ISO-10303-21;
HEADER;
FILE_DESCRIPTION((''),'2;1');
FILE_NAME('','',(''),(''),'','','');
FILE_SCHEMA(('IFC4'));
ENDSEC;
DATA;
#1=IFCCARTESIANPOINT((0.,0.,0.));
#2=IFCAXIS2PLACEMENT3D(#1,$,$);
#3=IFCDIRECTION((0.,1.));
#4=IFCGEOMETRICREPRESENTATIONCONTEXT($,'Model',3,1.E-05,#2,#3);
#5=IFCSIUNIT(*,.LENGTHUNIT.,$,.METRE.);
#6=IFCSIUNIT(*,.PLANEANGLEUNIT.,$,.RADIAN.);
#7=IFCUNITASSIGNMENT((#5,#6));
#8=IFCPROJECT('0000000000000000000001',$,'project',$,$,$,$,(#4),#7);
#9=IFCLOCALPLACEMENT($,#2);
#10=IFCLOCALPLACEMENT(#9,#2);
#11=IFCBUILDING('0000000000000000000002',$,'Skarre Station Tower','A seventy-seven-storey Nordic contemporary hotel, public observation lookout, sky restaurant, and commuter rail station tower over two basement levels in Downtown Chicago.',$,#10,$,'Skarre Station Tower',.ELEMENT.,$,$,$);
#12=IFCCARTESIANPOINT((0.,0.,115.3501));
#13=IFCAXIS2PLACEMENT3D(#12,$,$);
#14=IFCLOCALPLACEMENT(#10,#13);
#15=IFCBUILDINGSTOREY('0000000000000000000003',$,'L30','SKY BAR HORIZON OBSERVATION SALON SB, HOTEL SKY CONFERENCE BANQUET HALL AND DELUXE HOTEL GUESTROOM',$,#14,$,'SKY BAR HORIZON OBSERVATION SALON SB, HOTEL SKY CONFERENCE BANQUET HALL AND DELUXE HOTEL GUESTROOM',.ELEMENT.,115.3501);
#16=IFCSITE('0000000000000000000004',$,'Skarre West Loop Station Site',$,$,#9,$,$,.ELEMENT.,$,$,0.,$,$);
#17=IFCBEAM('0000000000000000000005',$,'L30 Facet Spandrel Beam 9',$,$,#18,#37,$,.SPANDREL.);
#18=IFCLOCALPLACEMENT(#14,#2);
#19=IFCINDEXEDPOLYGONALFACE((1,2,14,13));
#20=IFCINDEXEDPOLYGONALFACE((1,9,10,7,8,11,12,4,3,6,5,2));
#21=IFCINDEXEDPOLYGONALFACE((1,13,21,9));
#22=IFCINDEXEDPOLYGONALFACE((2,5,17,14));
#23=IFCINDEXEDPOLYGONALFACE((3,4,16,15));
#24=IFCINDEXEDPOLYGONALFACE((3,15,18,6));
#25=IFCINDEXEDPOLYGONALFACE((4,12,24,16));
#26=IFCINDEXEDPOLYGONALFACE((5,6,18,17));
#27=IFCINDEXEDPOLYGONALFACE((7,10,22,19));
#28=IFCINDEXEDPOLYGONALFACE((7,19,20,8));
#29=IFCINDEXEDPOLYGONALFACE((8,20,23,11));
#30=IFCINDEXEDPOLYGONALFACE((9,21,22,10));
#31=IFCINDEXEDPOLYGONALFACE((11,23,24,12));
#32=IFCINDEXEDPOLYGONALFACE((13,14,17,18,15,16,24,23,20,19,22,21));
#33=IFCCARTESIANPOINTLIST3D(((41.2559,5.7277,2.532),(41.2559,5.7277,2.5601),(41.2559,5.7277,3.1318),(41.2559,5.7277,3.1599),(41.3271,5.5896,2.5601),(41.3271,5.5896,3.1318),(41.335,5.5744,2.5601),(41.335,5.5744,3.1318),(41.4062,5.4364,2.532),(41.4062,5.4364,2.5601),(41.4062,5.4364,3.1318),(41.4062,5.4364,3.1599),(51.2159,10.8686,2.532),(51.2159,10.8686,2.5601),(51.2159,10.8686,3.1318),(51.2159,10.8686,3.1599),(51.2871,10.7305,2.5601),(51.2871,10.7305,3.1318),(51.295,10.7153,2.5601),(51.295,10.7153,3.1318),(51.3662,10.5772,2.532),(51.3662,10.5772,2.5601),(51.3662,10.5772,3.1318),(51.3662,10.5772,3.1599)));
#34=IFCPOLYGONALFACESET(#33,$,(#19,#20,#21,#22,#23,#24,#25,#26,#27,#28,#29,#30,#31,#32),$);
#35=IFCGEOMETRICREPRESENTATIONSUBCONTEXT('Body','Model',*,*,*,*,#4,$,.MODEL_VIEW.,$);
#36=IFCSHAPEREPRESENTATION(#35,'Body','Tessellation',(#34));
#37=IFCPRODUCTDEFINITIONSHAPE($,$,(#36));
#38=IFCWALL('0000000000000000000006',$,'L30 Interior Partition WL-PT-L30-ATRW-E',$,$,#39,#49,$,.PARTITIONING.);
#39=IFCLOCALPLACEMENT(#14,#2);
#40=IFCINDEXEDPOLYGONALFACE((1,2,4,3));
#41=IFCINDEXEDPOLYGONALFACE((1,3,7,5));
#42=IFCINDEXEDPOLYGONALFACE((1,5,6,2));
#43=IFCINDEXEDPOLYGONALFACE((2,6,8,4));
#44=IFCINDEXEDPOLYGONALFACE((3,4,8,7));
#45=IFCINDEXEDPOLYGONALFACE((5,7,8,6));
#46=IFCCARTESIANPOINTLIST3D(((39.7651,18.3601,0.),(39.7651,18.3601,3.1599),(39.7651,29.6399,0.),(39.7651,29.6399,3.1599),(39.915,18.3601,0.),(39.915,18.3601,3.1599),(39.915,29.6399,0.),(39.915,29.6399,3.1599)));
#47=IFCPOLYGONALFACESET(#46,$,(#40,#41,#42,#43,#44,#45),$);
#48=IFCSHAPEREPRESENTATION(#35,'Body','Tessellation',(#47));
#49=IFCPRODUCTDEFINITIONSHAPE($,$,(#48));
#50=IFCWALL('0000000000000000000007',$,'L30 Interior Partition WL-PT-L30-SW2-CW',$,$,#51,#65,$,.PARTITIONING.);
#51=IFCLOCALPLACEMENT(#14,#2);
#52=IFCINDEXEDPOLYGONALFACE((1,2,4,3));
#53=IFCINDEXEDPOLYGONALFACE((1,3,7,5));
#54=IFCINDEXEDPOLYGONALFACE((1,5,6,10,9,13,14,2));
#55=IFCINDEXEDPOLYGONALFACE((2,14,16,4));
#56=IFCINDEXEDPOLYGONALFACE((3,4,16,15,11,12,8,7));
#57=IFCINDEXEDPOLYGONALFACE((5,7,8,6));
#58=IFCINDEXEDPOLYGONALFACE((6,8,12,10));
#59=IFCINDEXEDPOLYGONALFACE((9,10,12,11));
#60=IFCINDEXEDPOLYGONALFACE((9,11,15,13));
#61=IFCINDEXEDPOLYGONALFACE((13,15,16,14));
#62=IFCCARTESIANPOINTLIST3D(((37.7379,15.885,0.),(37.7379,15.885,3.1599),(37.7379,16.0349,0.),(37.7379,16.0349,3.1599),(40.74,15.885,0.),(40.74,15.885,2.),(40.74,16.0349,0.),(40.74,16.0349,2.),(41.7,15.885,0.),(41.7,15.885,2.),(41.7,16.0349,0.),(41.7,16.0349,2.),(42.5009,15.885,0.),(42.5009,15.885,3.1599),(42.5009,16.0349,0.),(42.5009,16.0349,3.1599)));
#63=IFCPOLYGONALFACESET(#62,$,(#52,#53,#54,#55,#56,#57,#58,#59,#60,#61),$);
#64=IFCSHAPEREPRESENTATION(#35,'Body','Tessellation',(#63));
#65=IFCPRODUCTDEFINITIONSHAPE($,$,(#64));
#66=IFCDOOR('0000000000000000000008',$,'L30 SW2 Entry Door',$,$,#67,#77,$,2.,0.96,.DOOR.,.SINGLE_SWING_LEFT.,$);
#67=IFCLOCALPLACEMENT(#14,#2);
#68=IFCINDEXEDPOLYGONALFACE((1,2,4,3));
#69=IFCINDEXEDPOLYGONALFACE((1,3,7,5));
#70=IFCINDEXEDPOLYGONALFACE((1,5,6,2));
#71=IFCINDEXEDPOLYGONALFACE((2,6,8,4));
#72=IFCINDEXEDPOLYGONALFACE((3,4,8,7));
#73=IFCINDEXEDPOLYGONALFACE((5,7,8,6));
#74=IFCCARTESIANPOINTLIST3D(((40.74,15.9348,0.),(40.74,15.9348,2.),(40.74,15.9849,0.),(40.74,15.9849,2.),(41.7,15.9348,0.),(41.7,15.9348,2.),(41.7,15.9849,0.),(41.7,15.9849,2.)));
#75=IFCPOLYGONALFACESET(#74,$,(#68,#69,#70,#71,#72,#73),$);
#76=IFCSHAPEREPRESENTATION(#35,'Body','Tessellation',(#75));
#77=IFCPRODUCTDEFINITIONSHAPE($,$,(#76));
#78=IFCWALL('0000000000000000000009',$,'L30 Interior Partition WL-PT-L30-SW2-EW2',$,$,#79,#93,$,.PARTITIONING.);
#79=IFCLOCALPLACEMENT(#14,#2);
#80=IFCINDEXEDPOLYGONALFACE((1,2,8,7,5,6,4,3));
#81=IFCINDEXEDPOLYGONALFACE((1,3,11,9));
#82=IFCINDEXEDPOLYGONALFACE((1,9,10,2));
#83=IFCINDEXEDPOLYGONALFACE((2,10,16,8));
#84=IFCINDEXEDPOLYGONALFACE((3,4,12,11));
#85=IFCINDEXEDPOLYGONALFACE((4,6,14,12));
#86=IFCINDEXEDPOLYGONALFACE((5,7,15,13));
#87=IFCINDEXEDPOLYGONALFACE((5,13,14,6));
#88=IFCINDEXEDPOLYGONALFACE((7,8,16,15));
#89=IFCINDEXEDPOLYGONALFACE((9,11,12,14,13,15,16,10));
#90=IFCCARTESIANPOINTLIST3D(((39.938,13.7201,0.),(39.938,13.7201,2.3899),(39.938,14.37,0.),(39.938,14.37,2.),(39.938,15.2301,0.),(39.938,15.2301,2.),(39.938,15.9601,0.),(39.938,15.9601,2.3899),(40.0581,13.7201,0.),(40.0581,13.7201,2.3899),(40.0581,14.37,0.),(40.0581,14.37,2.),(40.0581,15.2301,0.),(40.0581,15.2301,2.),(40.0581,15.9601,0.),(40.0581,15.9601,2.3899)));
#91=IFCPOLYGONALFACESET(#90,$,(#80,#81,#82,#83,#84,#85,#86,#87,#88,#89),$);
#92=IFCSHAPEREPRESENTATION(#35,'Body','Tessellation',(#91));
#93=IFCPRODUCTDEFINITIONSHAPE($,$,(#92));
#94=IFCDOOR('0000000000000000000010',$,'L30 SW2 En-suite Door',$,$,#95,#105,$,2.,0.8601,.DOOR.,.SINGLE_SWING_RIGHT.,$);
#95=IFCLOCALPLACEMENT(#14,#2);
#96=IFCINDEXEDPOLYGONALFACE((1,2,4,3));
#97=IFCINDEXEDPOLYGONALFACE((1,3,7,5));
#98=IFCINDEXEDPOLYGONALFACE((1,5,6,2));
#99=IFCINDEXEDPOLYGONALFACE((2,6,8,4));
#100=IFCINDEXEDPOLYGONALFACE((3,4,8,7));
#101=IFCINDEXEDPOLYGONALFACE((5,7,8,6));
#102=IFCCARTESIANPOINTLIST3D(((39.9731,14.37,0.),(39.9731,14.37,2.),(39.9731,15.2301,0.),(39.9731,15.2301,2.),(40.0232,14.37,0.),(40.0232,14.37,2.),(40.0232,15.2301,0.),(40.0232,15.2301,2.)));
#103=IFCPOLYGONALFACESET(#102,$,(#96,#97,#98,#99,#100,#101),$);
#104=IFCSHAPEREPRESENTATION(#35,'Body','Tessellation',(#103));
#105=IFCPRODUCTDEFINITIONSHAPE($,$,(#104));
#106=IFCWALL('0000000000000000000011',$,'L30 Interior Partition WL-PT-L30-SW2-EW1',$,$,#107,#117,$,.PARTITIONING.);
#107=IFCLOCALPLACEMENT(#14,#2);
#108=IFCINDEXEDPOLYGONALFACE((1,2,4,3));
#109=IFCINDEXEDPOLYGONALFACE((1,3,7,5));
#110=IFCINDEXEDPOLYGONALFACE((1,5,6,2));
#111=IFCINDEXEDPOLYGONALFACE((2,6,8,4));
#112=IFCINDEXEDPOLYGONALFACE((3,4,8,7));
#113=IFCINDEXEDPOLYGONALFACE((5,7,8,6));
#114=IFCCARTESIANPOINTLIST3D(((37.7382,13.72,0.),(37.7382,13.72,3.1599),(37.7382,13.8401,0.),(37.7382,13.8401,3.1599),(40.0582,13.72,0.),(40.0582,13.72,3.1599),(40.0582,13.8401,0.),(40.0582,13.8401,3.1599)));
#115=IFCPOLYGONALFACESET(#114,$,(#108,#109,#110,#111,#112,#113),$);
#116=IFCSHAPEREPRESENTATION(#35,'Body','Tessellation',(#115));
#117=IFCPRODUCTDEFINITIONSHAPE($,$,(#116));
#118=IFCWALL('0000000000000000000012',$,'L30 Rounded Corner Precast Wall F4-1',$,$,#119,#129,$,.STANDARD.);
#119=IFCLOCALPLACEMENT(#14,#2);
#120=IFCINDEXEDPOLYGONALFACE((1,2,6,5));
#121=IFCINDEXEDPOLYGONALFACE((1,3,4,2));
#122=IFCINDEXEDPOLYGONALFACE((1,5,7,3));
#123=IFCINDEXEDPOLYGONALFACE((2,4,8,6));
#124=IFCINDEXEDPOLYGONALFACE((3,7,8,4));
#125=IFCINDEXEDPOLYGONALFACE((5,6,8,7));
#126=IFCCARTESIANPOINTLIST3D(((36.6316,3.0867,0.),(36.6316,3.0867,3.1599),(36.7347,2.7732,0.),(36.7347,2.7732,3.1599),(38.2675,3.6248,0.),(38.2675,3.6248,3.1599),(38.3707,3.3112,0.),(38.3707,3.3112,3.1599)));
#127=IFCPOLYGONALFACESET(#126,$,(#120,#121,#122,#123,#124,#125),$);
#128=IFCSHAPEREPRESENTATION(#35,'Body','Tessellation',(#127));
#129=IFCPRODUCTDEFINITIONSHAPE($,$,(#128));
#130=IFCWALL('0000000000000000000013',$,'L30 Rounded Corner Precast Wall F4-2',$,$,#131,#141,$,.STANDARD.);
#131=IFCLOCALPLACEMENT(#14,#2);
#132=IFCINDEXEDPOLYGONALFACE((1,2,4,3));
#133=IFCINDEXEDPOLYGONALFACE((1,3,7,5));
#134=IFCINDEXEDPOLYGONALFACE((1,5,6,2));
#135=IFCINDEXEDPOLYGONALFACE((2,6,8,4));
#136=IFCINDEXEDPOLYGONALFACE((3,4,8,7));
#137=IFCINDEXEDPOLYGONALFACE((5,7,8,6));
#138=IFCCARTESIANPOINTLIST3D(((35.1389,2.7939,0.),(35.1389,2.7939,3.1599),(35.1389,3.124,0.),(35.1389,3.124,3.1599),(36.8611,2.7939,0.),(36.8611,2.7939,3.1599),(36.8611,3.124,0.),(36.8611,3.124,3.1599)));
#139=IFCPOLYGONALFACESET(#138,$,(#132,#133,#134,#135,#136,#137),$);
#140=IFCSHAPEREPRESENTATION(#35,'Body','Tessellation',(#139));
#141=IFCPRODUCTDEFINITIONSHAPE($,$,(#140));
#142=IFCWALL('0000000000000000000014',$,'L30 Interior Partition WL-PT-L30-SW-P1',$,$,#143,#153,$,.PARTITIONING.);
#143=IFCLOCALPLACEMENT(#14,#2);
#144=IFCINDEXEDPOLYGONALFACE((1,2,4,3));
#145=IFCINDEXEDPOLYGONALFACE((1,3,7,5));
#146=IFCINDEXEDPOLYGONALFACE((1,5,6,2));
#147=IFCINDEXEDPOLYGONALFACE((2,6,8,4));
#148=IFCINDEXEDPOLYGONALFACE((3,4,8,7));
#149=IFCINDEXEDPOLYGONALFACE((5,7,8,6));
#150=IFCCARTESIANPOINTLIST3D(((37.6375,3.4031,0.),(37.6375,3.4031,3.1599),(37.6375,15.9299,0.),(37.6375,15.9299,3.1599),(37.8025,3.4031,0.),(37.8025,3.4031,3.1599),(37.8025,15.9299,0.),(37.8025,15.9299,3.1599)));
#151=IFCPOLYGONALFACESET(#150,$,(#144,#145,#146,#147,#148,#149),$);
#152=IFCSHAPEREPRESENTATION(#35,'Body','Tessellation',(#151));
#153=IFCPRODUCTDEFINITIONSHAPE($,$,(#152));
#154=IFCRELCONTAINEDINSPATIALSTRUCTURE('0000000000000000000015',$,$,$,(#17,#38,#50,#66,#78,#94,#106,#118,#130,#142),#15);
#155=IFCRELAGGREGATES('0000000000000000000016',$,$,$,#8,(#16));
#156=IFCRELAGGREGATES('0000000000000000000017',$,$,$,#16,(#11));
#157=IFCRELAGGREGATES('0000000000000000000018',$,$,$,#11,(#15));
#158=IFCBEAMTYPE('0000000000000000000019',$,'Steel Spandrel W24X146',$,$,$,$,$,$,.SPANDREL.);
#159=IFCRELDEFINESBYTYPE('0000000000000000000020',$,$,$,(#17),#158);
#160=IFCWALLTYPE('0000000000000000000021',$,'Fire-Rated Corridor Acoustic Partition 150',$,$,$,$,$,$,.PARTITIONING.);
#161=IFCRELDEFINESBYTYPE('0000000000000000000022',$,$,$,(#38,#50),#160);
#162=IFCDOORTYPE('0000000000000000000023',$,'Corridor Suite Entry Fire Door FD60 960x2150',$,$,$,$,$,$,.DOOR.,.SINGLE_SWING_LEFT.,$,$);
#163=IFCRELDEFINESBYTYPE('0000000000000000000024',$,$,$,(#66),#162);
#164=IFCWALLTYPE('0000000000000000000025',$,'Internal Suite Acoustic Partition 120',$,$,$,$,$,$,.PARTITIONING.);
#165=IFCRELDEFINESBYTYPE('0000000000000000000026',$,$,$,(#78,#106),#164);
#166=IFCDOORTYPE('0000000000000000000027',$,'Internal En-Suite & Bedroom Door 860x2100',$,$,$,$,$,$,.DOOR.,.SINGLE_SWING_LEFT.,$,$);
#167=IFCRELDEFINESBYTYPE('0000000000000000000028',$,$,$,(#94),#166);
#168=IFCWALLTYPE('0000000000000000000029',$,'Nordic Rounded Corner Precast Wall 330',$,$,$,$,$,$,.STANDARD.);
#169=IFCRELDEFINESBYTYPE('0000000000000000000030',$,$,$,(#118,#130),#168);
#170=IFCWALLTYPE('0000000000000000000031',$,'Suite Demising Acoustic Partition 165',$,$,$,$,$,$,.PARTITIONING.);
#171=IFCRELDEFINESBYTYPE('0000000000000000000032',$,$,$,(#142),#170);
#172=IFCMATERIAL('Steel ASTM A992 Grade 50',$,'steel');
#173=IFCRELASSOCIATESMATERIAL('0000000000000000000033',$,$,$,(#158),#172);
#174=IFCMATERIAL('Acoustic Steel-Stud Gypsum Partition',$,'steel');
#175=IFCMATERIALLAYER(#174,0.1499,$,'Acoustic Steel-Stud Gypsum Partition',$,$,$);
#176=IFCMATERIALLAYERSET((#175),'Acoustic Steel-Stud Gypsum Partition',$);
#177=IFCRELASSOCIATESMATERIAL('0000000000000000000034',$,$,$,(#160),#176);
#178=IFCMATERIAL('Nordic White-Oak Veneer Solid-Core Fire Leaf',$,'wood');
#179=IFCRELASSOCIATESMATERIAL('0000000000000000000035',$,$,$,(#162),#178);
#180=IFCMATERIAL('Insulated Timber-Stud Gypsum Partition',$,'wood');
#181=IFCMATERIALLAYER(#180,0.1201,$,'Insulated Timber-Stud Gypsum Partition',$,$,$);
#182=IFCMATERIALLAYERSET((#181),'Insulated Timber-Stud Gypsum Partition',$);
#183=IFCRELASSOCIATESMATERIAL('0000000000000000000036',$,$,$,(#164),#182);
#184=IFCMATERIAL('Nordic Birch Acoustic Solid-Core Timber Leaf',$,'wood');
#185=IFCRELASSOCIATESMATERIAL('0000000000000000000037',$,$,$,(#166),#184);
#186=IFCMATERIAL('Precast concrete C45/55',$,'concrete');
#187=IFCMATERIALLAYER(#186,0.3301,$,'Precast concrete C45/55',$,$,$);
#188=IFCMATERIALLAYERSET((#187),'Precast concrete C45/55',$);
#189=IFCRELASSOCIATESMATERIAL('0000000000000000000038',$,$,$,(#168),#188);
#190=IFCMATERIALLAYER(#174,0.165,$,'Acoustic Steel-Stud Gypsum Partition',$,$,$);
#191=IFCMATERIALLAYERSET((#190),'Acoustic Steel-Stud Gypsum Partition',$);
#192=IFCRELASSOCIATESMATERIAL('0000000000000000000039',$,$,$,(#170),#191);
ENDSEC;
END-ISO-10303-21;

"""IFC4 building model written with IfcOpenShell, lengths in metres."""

from ifc_helpers import new_model, si_unit, direction, frame, frame_2d, origin, origin_2d, place, context, subcontext, project, spatial, rectangle, i_section, extrude, material, layer, layer_set, material_profile, profile_set, type_object, element, fill, save


model = new_model("IFC4")

# Units and contexts
model_context = context("Model", 3, precision=1e-05, world=origin(), true_north=direction((0.0, 1.0)))
body_context = subcontext(model_context, "Body", "Model", "MODEL_VIEW")
ifc_project = project(units=[si_unit("LENGTHUNIT", "METRE"), si_unit("PLANEANGLEUNIT", "RADIAN")], contexts=[model_context])

# Site, building, storey
site_placement = place(None, origin())
site = spatial("IfcSite", under=ifc_project, at=site_placement, Name="Skarre West Loop Station Site", CompositionType="ELEMENT", RefElevation=0.0)
building_placement = place(site_placement, origin())
building = spatial("IfcBuilding", under=site, at=building_placement, Name="Skarre Station Tower", Description="A seventy-seven-storey Nordic contemporary hotel, public observation lookout, sky restaurant, and commuter rail station tower over two basement levels in Downtown Chicago.", LongName="Skarre Station Tower", CompositionType="ELEMENT")
storey_placement = place(building_placement, frame((0.0, 0.0, 115.3501)))
storey = spatial("IfcBuildingStorey", under=building, at=storey_placement, Name="L30", Description="SKY BAR HORIZON OBSERVATION SALON SB, HOTEL SKY CONFERENCE BANQUET HALL AND DELUXE HOTEL GUESTROOM", LongName="SKY BAR HORIZON OBSERVATION SALON SB, HOTEL SKY CONFERENCE BANQUET HALL AND DELUXE HOTEL GUESTROOM", CompositionType="ELEMENT", Elevation=115.3501)

# Beam
ifc_material_1 = material(Name="Steel ASTM A992 Grade 50", Category="steel")
ifc_material_profile_1 = material_profile(ifc_material_1, i_section(OverallWidth=0.3279, OverallDepth=0.6279, WebThickness=0.0171, FlangeThickness=0.0281, at=origin_2d()), Name="Steel ASTM A992 Grade 50")
ifc_profile_set_1 = profile_set([ifc_material_profile_1], Name="Steel ASTM A992 Grade 50")
beam_type_1 = type_object("IfcBeamType", Name="Steel Spandrel W24X146", PredefinedType="SPANDREL", material=ifc_profile_set_1)
beam_1_placement = place(storey_placement, frame((41.3311, 5.582, 2.8459), z_axis=(0.888612, 0.45866, 0.0), x_axis=(-0.45866, 0.888612, 0.0)))
element("IfcBeam", 1, at=beam_1_placement, inside=storey, type_object=beam_type_1, Name="L30 Facet Spandrel Beam 9", PredefinedType="SPANDREL", context=body_context, shape_type="SweptSolid", body=[
    extrude(i_section(OverallWidth=0.3279, OverallDepth=0.6279, WebThickness=0.0171, FlangeThickness=0.0281, at=origin_2d()), origin(), (0.0, 0.0, 1.0), 11.2085),
])

# Wall
ifc_material_2 = material(Name="Acoustic Steel-Stud Gypsum Partition", Category="steel")
ifc_layer_1 = layer(ifc_material_2, 0.1499, Name="Acoustic Steel-Stud Gypsum Partition")
ifc_layer_set_1 = layer_set([ifc_layer_1], Name="Acoustic Steel-Stud Gypsum Partition")
wall_type_1 = type_object("IfcWallType", Name="Fire-Rated Corridor Acoustic Partition 150", PredefinedType="PARTITIONING", material=ifc_layer_set_1)
wall_1_placement = place(storey_placement, frame((39.8401, 18.3601, 0.0), z_axis=(0.0, 0.0, 1.0), x_axis=(0.0, 1.0, 0.0)))
element("IfcWall", 2, at=wall_1_placement, inside=storey, type_object=wall_type_1, Name="L30 Interior Partition WL-PT-L30-ATRW-E", PredefinedType="PARTITIONING", context=body_context, shape_type="SweptSolid", body=[
    extrude(rectangle(XDim=11.2798, YDim=0.1499, at=frame_2d((5.6399, 0.0))), origin(), (0.0, 0.0, 1.0), 3.1599),
])

# Walls, openings, doors
wall_2_placement = place(storey_placement, frame((37.738, 15.96, 0.0), z_axis=(0.0, 0.0, 1.0), x_axis=(1.0, 0.0, 0.0)))
wall_2 = element("IfcWall", 3, at=wall_2_placement, inside=storey, type_object=wall_type_1, Name="L30 Interior Partition WL-PT-L30-SW2-CW", PredefinedType="PARTITIONING", context=body_context, shape_type="SweptSolid", body=[
    extrude(rectangle(XDim=4.7629, YDim=0.1499, at=frame_2d((2.3813, 0.0))), origin(), (0.0, 0.0, 1.0), 3.1599),
])
opening_1_placement = place(wall_2_placement, frame((3.002, 0.0, 0.0)))
opening_1 = element("IfcOpeningElement", 4, at=opening_1_placement, cuts=wall_2, PredefinedType="OPENING", context=body_context, shape_type="SweptSolid", body=[
    extrude(rectangle(XDim=0.96, YDim=2.0, at=frame_2d((0.48, 1.0))), frame((0.0, 0.085, 0.0), z_axis=(0.0, -1.0, 0.0), x_axis=(1.0, 0.0, 0.0)), (0.0, 0.0, 1.0), 0.1699),
])
ifc_material_3 = material(Name="Nordic White-Oak Veneer Solid-Core Fire Leaf", Category="wood")
door_type_1 = type_object("IfcDoorType", Name="Corridor Suite Entry Fire Door FD60 960x2150", OperationType="SINGLE_SWING_LEFT", PredefinedType="DOOR", material=ifc_material_3)
door_1_placement = place(opening_1_placement, origin())
door_1 = element("IfcDoor", 5, at=door_1_placement, inside=storey, type_object=door_type_1, Name="L30 SW2 Entry Door", OperationType="SINGLE_SWING_LEFT", OverallHeight=2.0, OverallWidth=0.96, PredefinedType="DOOR", context=body_context, shape_type="SweptSolid", body=[
    extrude(rectangle(XDim=0.96, YDim=2.0, at=frame_2d((0.48, 1.0))), frame((0.0, 0.0249, 0.0), z_axis=(0.0, -1.0, 0.0), x_axis=(1.0, 0.0, 0.0)), (0.0, 0.0, 1.0), 0.05),
])
fill(opening_1, door_1)
ifc_material_4 = material(Name="Insulated Timber-Stud Gypsum Partition", Category="wood")
ifc_layer_2 = layer(ifc_material_4, 0.1201, Name="Insulated Timber-Stud Gypsum Partition")
ifc_layer_set_2 = layer_set([ifc_layer_2], Name="Insulated Timber-Stud Gypsum Partition")
wall_type_2 = type_object("IfcWallType", Name="Internal Suite Acoustic Partition 120", PredefinedType="PARTITIONING", material=ifc_layer_set_2)
wall_3_placement = place(storey_placement, frame((39.998, 13.72, 0.0), z_axis=(0.0, 0.0, 1.0), x_axis=(0.0, 1.0, 0.0)))
wall_3 = element("IfcWall", 6, at=wall_3_placement, inside=storey, type_object=wall_type_2, Name="L30 Interior Partition WL-PT-L30-SW2-EW2", PredefinedType="PARTITIONING", context=body_context, shape_type="SweptSolid", body=[
    extrude(rectangle(XDim=2.24, YDim=0.1201, at=frame_2d((1.1201, 0.0))), origin(), (0.0, 0.0, 1.0), 2.3899),
])
opening_2_placement = place(wall_3_placement, frame((0.6499, 0.0, 0.0)))
opening_2 = element("IfcOpeningElement", 7, at=opening_2_placement, cuts=wall_3, PredefinedType="OPENING", context=body_context, shape_type="SweptSolid", body=[
    extrude(rectangle(XDim=0.8601, YDim=2.0, at=frame_2d((0.4302, 1.0))), frame((0.0, 0.0701, 0.0), z_axis=(0.0, -1.0, 0.0), x_axis=(1.0, 0.0, 0.0)), (0.0, 0.0, 1.0), 0.1401),
])
ifc_material_5 = material(Name="Nordic Birch Acoustic Solid-Core Timber Leaf", Category="wood")
door_type_2 = type_object("IfcDoorType", Name="Internal En-Suite & Bedroom Door 860x2100", OperationType="SINGLE_SWING_LEFT", PredefinedType="DOOR", material=ifc_material_5)
door_2_placement = place(opening_2_placement, origin())
door_2 = element("IfcDoor", 8, at=door_2_placement, inside=storey, type_object=door_type_2, Name="L30 SW2 En-suite Door", OperationType="SINGLE_SWING_RIGHT", OverallHeight=2.0, OverallWidth=0.8601, PredefinedType="DOOR", context=body_context, shape_type="SweptSolid", body=[
    extrude(rectangle(XDim=0.8601, YDim=2.0, at=frame_2d((0.4302, 1.0))), frame((0.0, 0.0249, 0.0), z_axis=(0.0, -1.0, 0.0), x_axis=(1.0, 0.0, 0.0)), (0.0, 0.0, 1.0), 0.05),
])
fill(opening_2, door_2)

# Walls
wall_4_placement = place(storey_placement, frame((37.738, 13.78, 0.0), z_axis=(0.0, 0.0, 1.0), x_axis=(1.0, 0.0, 0.0)))
element("IfcWall", 9, at=wall_4_placement, inside=storey, type_object=wall_type_2, Name="L30 Interior Partition WL-PT-L30-SW2-EW1", PredefinedType="PARTITIONING", context=body_context, shape_type="SweptSolid", body=[
    extrude(rectangle(XDim=2.3201, YDim=0.1201, at=frame_2d((1.1602, 0.0))), origin(), (0.0, 0.0, 1.0), 3.1599),
])
ifc_material_6 = material(Name="Precast concrete C45/55", Category="concrete")
ifc_layer_3 = layer(ifc_material_6, 0.3301, Name="Precast concrete C45/55")
ifc_layer_set_3 = layer_set([ifc_layer_3], Name="Precast concrete C45/55")
wall_type_3 = type_object("IfcWallType", Name="Nordic Rounded Corner Precast Wall 330", PredefinedType="STANDARD", material=ifc_layer_set_3)
for number, where, z_axis, x_axis, name in (
    (10, (38.3191, 3.468, 0.0), (0.0, 0.0, 1.0), (-0.949937, -0.31244, 0.0), "L30 Rounded Corner Precast Wall F4-1"),
    (11, (36.8611, 2.959, 0.0), (0.0, 0.0, 1.0), (-1.0, 0.0, 0.0), "L30 Rounded Corner Precast Wall F4-2"),
):
    element("IfcWall", number, at=place(storey_placement, frame(where, z_axis=z_axis, x_axis=x_axis)), inside=storey, type_object=wall_type_3, Name=name, PredefinedType="STANDARD", context=body_context, shape_type="SweptSolid", body=[
        extrude(rectangle(XDim=1.7222, YDim=0.3301, at=frame_2d((0.8611, 0.0))), origin(), (0.0, 0.0, 1.0), 3.1599),
    ])
ifc_layer_4 = layer(ifc_material_2, 0.165, Name="Acoustic Steel-Stud Gypsum Partition")
ifc_layer_set_4 = layer_set([ifc_layer_4], Name="Acoustic Steel-Stud Gypsum Partition")
wall_type_4 = type_object("IfcWallType", Name="Suite Demising Acoustic Partition 165", PredefinedType="PARTITIONING", material=ifc_layer_set_4)
wall_5_placement = place(storey_placement, frame((37.72, 3.4031, 0.0), z_axis=(0.0, 0.0, 1.0), x_axis=(0.0, 1.0, 0.0)))
element("IfcWall", 12, at=wall_5_placement, inside=storey, type_object=wall_type_4, Name="L30 Interior Partition WL-PT-L30-SW-P1", PredefinedType="PARTITIONING", context=body_context, shape_type="SweptSolid", body=[
    extrude(rectangle(XDim=12.5269, YDim=0.165, at=frame_2d((6.2634, 0.0))), origin(), (0.0, 0.0, 1.0), 3.1599),
])

save(model, "model.ifc")
